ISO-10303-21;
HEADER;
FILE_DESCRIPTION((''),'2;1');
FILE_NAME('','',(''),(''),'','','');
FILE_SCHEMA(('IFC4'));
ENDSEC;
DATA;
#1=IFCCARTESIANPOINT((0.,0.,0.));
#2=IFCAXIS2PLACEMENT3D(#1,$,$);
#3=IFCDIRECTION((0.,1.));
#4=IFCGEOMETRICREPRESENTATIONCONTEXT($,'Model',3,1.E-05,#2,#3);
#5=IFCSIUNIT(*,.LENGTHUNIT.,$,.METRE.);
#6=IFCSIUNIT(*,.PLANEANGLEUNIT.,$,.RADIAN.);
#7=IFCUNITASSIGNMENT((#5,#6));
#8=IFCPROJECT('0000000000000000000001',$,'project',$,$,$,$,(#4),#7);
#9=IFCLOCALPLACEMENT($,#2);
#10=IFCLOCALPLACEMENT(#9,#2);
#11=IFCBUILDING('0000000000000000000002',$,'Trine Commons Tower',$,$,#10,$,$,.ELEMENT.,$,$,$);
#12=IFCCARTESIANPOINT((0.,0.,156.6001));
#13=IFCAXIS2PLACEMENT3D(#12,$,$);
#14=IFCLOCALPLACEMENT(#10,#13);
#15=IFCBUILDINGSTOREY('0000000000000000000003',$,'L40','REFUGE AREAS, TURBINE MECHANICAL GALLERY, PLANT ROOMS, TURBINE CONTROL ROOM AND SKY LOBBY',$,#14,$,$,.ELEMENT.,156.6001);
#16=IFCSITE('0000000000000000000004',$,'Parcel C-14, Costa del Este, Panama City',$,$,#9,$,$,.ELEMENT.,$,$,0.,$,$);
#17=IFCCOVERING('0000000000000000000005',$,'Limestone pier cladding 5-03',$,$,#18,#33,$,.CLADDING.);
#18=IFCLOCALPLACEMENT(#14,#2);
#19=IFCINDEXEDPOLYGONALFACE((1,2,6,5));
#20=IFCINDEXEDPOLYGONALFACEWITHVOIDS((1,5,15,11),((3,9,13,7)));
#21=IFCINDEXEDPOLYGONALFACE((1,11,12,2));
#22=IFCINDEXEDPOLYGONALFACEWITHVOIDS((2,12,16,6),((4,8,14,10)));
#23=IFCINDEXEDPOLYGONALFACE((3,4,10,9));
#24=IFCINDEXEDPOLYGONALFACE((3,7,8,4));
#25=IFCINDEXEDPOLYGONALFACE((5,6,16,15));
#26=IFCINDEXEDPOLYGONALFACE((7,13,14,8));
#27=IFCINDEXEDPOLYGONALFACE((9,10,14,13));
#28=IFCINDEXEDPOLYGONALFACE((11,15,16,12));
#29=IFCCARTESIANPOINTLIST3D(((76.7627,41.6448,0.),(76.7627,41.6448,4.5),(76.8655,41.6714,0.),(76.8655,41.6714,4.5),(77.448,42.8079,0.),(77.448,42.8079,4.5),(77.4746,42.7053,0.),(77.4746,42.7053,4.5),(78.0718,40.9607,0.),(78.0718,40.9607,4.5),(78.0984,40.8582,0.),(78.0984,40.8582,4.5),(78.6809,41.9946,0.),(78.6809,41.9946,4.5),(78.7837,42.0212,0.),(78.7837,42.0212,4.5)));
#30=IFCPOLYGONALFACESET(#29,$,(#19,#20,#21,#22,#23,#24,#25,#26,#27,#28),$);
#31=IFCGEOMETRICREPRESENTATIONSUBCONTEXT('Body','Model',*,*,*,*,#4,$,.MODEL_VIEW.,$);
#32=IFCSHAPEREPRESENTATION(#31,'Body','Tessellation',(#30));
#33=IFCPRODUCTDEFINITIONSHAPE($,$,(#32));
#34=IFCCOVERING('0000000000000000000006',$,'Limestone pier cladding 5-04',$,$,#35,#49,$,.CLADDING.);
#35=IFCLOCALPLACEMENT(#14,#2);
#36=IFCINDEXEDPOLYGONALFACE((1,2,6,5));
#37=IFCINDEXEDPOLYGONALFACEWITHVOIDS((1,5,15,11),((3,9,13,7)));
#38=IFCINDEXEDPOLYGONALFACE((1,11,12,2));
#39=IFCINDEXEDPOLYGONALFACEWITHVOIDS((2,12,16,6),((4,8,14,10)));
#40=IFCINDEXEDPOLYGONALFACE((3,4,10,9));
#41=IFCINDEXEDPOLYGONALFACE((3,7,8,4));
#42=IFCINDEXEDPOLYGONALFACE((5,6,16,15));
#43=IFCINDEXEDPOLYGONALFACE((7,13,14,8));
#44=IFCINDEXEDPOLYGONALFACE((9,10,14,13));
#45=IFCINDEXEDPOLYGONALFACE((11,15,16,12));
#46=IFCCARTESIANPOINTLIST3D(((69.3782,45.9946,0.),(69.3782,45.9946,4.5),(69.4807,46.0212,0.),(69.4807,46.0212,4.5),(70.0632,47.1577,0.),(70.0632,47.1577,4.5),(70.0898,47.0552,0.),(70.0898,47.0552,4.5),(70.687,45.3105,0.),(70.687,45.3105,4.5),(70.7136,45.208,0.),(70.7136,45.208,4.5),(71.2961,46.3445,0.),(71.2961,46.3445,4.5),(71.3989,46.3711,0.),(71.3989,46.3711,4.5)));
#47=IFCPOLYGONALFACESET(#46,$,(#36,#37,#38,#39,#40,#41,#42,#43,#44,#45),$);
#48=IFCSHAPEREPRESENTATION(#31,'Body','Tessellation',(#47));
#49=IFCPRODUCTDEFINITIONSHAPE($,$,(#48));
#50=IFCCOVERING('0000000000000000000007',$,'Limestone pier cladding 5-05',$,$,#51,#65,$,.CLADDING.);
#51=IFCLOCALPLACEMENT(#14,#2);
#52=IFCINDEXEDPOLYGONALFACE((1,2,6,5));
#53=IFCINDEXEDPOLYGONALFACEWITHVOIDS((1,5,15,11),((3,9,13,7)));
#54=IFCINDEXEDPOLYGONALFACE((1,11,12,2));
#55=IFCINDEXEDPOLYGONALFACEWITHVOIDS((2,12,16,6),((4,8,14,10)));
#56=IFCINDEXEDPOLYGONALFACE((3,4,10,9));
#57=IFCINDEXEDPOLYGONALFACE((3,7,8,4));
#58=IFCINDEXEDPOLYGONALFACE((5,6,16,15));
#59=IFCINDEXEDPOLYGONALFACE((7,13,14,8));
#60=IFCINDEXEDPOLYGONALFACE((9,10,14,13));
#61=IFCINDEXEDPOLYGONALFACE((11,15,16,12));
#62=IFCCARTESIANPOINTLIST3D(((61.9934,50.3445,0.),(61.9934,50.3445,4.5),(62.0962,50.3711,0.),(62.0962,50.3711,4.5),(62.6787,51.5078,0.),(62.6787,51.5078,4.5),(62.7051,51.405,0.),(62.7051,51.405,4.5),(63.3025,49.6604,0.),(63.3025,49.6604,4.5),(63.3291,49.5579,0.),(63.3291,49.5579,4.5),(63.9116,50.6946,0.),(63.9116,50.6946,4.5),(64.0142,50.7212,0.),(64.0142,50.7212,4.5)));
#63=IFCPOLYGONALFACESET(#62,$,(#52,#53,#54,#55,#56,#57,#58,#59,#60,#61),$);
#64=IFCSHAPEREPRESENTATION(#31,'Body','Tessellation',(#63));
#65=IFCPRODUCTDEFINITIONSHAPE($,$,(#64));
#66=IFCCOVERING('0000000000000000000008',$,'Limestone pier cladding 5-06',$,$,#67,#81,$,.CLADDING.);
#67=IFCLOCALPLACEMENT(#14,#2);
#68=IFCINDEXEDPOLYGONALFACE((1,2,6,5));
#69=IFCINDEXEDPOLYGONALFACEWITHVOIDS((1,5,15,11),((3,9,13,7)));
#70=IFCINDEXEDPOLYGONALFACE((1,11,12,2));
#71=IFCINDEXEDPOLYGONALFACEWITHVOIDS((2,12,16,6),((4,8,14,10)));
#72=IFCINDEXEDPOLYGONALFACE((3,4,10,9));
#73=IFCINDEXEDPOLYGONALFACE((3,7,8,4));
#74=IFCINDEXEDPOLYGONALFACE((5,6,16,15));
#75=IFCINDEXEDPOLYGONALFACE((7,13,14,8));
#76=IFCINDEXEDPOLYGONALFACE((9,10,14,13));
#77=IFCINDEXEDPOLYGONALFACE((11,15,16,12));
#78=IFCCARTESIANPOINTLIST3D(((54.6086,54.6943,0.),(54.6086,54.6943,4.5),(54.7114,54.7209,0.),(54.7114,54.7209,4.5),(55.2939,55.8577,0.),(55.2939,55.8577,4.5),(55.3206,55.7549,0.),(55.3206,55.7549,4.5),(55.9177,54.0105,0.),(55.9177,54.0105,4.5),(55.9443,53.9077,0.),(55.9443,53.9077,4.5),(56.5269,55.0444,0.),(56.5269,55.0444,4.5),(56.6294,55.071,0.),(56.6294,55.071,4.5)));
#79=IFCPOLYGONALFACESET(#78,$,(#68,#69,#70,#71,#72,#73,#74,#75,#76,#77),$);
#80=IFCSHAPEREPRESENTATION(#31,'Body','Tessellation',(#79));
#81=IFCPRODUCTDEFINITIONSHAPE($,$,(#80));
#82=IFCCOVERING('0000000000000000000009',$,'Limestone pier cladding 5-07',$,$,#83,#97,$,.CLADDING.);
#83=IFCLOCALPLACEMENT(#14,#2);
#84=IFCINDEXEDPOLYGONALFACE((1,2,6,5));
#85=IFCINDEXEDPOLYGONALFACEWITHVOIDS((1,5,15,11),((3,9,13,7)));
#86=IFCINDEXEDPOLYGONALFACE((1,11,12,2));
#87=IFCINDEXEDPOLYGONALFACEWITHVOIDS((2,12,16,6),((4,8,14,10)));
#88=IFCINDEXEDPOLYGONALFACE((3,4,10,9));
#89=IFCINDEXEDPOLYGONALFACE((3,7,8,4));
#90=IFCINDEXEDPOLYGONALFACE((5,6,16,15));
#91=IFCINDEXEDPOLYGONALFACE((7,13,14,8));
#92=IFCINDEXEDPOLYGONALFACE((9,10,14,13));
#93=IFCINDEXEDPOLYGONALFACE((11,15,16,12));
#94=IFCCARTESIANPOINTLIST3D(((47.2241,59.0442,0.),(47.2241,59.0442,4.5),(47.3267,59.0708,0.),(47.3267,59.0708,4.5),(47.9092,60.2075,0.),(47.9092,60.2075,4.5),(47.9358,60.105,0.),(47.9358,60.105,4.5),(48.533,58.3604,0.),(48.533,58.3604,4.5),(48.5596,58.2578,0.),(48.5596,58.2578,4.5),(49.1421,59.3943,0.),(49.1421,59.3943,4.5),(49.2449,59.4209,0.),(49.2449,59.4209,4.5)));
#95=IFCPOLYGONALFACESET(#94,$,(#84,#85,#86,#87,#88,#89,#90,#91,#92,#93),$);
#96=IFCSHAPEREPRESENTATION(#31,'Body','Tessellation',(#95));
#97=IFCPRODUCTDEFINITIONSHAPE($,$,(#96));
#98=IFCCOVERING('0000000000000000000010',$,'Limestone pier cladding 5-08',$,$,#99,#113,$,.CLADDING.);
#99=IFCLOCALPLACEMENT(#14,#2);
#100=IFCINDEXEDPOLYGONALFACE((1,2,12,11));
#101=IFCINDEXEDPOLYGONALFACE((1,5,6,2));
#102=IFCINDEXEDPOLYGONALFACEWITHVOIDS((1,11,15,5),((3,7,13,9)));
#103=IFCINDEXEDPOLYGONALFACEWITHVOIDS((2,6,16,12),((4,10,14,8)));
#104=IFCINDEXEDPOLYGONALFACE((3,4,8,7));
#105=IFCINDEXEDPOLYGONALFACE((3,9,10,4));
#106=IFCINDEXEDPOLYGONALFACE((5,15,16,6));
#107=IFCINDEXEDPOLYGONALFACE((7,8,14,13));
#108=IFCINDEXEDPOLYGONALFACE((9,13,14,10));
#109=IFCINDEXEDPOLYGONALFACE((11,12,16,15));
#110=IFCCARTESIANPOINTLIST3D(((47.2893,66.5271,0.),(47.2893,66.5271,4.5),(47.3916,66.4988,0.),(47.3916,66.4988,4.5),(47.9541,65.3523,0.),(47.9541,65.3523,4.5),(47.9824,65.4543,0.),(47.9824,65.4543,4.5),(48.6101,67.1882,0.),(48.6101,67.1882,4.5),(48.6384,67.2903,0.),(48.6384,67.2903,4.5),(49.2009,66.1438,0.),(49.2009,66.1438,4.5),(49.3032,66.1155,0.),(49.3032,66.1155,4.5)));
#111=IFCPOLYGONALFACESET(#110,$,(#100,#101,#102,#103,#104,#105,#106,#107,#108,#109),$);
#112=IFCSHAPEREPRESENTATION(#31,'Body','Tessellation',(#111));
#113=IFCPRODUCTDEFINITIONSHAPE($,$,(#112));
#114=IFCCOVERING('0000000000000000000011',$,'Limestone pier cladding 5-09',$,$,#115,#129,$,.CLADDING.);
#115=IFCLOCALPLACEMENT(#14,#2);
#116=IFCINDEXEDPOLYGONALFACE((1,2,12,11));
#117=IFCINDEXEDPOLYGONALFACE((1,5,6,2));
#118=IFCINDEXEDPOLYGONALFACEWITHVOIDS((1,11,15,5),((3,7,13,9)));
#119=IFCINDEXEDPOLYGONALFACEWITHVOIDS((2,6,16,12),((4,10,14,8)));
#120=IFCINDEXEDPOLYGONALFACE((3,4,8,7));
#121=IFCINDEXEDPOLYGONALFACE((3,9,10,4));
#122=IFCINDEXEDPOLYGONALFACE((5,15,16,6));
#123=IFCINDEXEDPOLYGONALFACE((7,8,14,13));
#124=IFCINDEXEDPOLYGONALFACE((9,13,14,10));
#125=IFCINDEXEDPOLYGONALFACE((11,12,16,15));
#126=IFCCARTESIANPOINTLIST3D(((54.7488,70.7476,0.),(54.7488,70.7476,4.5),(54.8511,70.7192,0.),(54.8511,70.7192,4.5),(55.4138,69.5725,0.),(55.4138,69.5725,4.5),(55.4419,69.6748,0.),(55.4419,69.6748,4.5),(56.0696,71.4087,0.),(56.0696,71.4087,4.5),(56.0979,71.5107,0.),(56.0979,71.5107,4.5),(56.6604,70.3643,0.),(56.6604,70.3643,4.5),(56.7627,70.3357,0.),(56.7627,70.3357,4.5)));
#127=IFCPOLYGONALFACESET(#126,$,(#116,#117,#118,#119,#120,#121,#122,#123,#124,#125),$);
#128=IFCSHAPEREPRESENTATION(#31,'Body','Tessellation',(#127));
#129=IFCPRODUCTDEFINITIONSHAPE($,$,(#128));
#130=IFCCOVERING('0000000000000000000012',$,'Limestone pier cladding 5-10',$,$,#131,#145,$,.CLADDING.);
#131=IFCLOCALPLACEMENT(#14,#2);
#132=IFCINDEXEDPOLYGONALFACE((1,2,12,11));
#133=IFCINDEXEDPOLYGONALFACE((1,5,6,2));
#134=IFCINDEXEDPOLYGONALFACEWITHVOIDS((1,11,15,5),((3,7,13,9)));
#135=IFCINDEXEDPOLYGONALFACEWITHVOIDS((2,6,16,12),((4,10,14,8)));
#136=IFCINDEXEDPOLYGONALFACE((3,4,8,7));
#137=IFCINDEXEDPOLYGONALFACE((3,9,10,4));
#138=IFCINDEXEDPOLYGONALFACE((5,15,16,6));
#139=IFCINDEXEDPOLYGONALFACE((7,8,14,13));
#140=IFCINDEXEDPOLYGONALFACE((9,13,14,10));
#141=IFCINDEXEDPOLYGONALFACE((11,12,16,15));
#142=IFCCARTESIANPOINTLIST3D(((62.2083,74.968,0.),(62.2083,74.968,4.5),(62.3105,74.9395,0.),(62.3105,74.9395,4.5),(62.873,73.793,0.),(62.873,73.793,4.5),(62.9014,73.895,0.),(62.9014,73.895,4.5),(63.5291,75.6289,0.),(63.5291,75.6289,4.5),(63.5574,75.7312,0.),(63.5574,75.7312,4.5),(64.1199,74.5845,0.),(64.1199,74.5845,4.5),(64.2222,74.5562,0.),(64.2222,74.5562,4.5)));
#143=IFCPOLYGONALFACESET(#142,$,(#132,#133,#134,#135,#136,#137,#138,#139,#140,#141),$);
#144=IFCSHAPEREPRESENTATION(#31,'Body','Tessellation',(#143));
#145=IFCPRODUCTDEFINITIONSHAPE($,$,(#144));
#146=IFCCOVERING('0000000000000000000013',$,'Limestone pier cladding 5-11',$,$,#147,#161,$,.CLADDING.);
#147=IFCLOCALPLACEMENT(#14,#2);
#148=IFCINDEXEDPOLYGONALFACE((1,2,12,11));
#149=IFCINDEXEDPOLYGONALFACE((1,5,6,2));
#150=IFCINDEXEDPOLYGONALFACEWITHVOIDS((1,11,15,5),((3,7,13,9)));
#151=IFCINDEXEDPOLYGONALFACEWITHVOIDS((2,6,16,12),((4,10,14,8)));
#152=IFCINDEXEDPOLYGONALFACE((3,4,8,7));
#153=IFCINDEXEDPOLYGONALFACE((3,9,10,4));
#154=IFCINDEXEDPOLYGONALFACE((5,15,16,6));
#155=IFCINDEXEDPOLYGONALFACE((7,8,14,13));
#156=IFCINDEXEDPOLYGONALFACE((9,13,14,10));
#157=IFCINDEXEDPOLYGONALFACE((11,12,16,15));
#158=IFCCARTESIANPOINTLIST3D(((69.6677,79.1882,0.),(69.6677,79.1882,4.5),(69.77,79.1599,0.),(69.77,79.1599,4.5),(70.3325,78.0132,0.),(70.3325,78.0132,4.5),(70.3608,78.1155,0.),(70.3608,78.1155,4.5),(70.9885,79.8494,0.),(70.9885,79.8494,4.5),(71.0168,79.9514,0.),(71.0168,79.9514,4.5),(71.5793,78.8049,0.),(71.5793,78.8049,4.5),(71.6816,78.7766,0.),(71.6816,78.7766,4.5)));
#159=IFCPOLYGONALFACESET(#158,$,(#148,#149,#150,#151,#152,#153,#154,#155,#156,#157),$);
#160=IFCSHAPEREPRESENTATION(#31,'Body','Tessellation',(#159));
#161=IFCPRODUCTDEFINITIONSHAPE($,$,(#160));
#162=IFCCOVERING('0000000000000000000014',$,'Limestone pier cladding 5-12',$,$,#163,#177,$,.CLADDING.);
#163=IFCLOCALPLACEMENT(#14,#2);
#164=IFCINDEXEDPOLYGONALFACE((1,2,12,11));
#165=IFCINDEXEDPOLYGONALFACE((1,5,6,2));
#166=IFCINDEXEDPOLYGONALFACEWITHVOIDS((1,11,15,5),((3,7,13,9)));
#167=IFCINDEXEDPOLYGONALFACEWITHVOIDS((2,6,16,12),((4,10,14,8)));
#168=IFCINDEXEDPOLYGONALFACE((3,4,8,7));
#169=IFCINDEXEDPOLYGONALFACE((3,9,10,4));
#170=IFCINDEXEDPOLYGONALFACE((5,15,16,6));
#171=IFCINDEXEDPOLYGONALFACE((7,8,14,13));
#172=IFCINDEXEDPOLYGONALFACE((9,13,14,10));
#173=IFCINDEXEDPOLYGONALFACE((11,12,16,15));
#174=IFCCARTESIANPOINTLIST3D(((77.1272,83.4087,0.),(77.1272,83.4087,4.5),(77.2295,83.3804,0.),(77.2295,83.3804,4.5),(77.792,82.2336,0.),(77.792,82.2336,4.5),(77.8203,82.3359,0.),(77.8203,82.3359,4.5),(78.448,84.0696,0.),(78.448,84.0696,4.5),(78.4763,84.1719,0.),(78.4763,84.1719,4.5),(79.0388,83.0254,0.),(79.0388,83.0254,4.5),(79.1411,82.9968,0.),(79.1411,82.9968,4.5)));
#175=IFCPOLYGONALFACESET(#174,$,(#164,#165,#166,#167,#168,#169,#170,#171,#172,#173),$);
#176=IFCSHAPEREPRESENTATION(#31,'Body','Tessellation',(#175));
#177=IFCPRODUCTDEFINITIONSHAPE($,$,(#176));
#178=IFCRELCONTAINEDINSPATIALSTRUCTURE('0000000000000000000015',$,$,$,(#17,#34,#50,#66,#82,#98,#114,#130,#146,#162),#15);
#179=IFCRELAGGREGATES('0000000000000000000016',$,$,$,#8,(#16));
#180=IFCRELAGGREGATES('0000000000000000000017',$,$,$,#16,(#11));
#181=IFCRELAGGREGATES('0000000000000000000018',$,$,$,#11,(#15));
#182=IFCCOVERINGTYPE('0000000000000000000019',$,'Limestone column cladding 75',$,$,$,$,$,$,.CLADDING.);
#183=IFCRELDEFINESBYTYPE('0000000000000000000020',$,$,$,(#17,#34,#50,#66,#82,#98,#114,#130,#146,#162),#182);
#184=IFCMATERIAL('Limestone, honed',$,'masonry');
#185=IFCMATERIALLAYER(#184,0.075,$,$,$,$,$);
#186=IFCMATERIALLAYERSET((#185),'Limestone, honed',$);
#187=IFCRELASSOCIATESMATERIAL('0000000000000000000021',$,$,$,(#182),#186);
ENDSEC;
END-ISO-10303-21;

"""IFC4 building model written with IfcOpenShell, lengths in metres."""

from ifc_helpers import new_model, si_unit, direction, frame, origin, place, context, subcontext, project, spatial, polyline, outline, extrude, material, layer, layer_set, type_object, element, save


model = new_model("IFC4")

# Units and contexts
model_context = context("Model", 3, precision=1e-05, world=origin(), true_north=direction((0.0, 1.0)))
body_context = subcontext(model_context, "Body", "Model", "MODEL_VIEW")
ifc_project = project(units=[si_unit("LENGTHUNIT", "METRE"), si_unit("PLANEANGLEUNIT", "RADIAN")], contexts=[model_context])

# Site, building, storey
site_placement = place(None, origin())
site = spatial("IfcSite", under=ifc_project, at=site_placement, Name="Parcel C-14, Costa del Este, Panama City", CompositionType="ELEMENT", RefElevation=0.0)
building_placement = place(site_placement, origin())
building = spatial("IfcBuilding", under=site, at=building_placement, Name="Trine Commons Tower", CompositionType="ELEMENT")
storey_placement = place(building_placement, frame((0.0, 0.0, 156.6001)))
storey = spatial("IfcBuildingStorey", under=building, at=storey_placement, Name="L40", Description="REFUGE AREAS, TURBINE MECHANICAL GALLERY, PLANT ROOMS, TURBINE CONTROL ROOM AND SKY LOBBY", CompositionType="ELEMENT", Elevation=156.6001)

# Coverings
ifc_material_1 = material(Name="Limestone, honed", Category="masonry")
ifc_layer_1 = layer(ifc_material_1, 0.075)
ifc_layer_set_1 = layer_set([ifc_layer_1], Name="Limestone, honed")
covering_type_1 = type_object("IfcCoveringType", Name="Limestone column cladding 75", PredefinedType="CLADDING", material=ifc_layer_set_1)
covering_1_placement = place(storey_placement, origin())
element("IfcCovering", 1, at=covering_1_placement, inside=storey, type_object=covering_type_1, Name="Limestone pier cladding 5-03", PredefinedType="CLADDING", context=body_context, shape_type="SweptSolid", body=[
    extrude(outline(polyline([(77.448, 42.8079), (76.7627, 41.6448), (78.0984, 40.8582), (78.7837, 42.0212), (77.448, 42.8079)]), holes=[polyline([(77.4746, 42.7053), (76.8655, 41.6714), (78.0718, 40.9607), (78.6809, 41.9946), (77.4746, 42.7053)])]), origin(), (0.0, 0.0, 1.0), 4.5),
])
covering_2_placement = place(storey_placement, origin())
element("IfcCovering", 2, at=covering_2_placement, inside=storey, type_object=covering_type_1, Name="Limestone pier cladding 5-04", PredefinedType="CLADDING", context=body_context, shape_type="SweptSolid", body=[
    extrude(outline(polyline([(70.0632, 47.1577), (69.3782, 45.9946), (70.7136, 45.208), (71.3989, 46.3711), (70.0632, 47.1577)]), holes=[polyline([(70.0898, 47.0552), (69.4807, 46.0212), (70.687, 45.3105), (71.2961, 46.3445), (70.0898, 47.0552)])]), origin(), (0.0, 0.0, 1.0), 4.5),
])
covering_3_placement = place(storey_placement, origin())
element("IfcCovering", 3, at=covering_3_placement, inside=storey, type_object=covering_type_1, Name="Limestone pier cladding 5-05", PredefinedType="CLADDING", context=body_context, shape_type="SweptSolid", body=[
    extrude(outline(polyline([(62.6787, 51.5078), (61.9934, 50.3445), (63.3291, 49.5579), (64.0142, 50.7212), (62.6787, 51.5078)]), holes=[polyline([(62.7051, 51.405), (62.0962, 50.3711), (63.3025, 49.6604), (63.9116, 50.6946), (62.7051, 51.405)])]), origin(), (0.0, 0.0, 1.0), 4.5),
])
covering_4_placement = place(storey_placement, origin())
element("IfcCovering", 4, at=covering_4_placement, inside=storey, type_object=covering_type_1, Name="Limestone pier cladding 5-06", PredefinedType="CLADDING", context=body_context, shape_type="SweptSolid", body=[
    extrude(outline(polyline([(55.2939, 55.8577), (54.6086, 54.6943), (55.9443, 53.9077), (56.6294, 55.071), (55.2939, 55.8577)]), holes=[polyline([(55.3206, 55.7549), (54.7114, 54.7209), (55.9177, 54.0105), (56.5269, 55.0444), (55.3206, 55.7549)])]), origin(), (0.0, 0.0, 1.0), 4.5),
])
covering_5_placement = place(storey_placement, origin())
element("IfcCovering", 5, at=covering_5_placement, inside=storey, type_object=covering_type_1, Name="Limestone pier cladding 5-07", PredefinedType="CLADDING", context=body_context, shape_type="SweptSolid", body=[
    extrude(outline(polyline([(47.9092, 60.2075), (47.2241, 59.0442), (48.5596, 58.2578), (49.2449, 59.4209), (47.9092, 60.2075)]), holes=[polyline([(47.9358, 60.105), (47.3267, 59.0708), (48.533, 58.3604), (49.1421, 59.3943), (47.9358, 60.105)])]), origin(), (0.0, 0.0, 1.0), 4.5),
])
covering_6_placement = place(storey_placement, origin())
element("IfcCovering", 6, at=covering_6_placement, inside=storey, type_object=covering_type_1, Name="Limestone pier cladding 5-08", PredefinedType="CLADDING", context=body_context, shape_type="SweptSolid", body=[
    extrude(outline(polyline([(49.3032, 66.1155), (48.6384, 67.2903), (47.2893, 66.5271), (47.9541, 65.3523), (49.3032, 66.1155)]), holes=[polyline([(49.2009, 66.1438), (48.6101, 67.1882), (47.3916, 66.4988), (47.9824, 65.4543), (49.2009, 66.1438)])]), origin(), (0.0, 0.0, 1.0), 4.5),
])
covering_7_placement = place(storey_placement, origin())
element("IfcCovering", 7, at=covering_7_placement, inside=storey, type_object=covering_type_1, Name="Limestone pier cladding 5-09", PredefinedType="CLADDING", context=body_context, shape_type="SweptSolid", body=[
    extrude(outline(polyline([(56.7627, 70.3357), (56.0979, 71.5107), (54.7488, 70.7476), (55.4138, 69.5725), (56.7627, 70.3357)]), holes=[polyline([(56.6604, 70.3643), (56.0696, 71.4087), (54.8511, 70.7192), (55.4419, 69.6748), (56.6604, 70.3643)])]), origin(), (0.0, 0.0, 1.0), 4.5),
])
covering_8_placement = place(storey_placement, origin())
element("IfcCovering", 8, at=covering_8_placement, inside=storey, type_object=covering_type_1, Name="Limestone pier cladding 5-10", PredefinedType="CLADDING", context=body_context, shape_type="SweptSolid", body=[
    extrude(outline(polyline([(64.2222, 74.5562), (63.5574, 75.7312), (62.2083, 74.968), (62.873, 73.793), (64.2222, 74.5562)]), holes=[polyline([(64.1199, 74.5845), (63.5291, 75.6289), (62.3105, 74.9395), (62.9014, 73.895), (64.1199, 74.5845)])]), origin(), (0.0, 0.0, 1.0), 4.5),
])
covering_9_placement = place(storey_placement, origin())
element("IfcCovering", 9, at=covering_9_placement, inside=storey, type_object=covering_type_1, Name="Limestone pier cladding 5-11", PredefinedType="CLADDING", context=body_context, shape_type="SweptSolid", body=[
    extrude(outline(polyline([(71.6816, 78.7766), (71.0168, 79.9514), (69.6677, 79.1882), (70.3325, 78.0132), (71.6816, 78.7766)]), holes=[polyline([(71.5793, 78.8049), (70.9885, 79.8494), (69.77, 79.1599), (70.3608, 78.1155), (71.5793, 78.8049)])]), origin(), (0.0, 0.0, 1.0), 4.5),
])
covering_10_placement = place(storey_placement, origin())
element("IfcCovering", 10, at=covering_10_placement, inside=storey, type_object=covering_type_1, Name="Limestone pier cladding 5-12", PredefinedType="CLADDING", context=body_context, shape_type="SweptSolid", body=[
    extrude(outline(polyline([(79.1411, 82.9968), (78.4763, 84.1719), (77.1272, 83.4087), (77.792, 82.2336), (79.1411, 82.9968)]), holes=[polyline([(79.0388, 83.0254), (78.448, 84.0696), (77.2295, 83.3804), (77.8203, 82.3359), (79.0388, 83.0254)])]), origin(), (0.0, 0.0, 1.0), 4.5),
])

save(model, "model.ifc")
